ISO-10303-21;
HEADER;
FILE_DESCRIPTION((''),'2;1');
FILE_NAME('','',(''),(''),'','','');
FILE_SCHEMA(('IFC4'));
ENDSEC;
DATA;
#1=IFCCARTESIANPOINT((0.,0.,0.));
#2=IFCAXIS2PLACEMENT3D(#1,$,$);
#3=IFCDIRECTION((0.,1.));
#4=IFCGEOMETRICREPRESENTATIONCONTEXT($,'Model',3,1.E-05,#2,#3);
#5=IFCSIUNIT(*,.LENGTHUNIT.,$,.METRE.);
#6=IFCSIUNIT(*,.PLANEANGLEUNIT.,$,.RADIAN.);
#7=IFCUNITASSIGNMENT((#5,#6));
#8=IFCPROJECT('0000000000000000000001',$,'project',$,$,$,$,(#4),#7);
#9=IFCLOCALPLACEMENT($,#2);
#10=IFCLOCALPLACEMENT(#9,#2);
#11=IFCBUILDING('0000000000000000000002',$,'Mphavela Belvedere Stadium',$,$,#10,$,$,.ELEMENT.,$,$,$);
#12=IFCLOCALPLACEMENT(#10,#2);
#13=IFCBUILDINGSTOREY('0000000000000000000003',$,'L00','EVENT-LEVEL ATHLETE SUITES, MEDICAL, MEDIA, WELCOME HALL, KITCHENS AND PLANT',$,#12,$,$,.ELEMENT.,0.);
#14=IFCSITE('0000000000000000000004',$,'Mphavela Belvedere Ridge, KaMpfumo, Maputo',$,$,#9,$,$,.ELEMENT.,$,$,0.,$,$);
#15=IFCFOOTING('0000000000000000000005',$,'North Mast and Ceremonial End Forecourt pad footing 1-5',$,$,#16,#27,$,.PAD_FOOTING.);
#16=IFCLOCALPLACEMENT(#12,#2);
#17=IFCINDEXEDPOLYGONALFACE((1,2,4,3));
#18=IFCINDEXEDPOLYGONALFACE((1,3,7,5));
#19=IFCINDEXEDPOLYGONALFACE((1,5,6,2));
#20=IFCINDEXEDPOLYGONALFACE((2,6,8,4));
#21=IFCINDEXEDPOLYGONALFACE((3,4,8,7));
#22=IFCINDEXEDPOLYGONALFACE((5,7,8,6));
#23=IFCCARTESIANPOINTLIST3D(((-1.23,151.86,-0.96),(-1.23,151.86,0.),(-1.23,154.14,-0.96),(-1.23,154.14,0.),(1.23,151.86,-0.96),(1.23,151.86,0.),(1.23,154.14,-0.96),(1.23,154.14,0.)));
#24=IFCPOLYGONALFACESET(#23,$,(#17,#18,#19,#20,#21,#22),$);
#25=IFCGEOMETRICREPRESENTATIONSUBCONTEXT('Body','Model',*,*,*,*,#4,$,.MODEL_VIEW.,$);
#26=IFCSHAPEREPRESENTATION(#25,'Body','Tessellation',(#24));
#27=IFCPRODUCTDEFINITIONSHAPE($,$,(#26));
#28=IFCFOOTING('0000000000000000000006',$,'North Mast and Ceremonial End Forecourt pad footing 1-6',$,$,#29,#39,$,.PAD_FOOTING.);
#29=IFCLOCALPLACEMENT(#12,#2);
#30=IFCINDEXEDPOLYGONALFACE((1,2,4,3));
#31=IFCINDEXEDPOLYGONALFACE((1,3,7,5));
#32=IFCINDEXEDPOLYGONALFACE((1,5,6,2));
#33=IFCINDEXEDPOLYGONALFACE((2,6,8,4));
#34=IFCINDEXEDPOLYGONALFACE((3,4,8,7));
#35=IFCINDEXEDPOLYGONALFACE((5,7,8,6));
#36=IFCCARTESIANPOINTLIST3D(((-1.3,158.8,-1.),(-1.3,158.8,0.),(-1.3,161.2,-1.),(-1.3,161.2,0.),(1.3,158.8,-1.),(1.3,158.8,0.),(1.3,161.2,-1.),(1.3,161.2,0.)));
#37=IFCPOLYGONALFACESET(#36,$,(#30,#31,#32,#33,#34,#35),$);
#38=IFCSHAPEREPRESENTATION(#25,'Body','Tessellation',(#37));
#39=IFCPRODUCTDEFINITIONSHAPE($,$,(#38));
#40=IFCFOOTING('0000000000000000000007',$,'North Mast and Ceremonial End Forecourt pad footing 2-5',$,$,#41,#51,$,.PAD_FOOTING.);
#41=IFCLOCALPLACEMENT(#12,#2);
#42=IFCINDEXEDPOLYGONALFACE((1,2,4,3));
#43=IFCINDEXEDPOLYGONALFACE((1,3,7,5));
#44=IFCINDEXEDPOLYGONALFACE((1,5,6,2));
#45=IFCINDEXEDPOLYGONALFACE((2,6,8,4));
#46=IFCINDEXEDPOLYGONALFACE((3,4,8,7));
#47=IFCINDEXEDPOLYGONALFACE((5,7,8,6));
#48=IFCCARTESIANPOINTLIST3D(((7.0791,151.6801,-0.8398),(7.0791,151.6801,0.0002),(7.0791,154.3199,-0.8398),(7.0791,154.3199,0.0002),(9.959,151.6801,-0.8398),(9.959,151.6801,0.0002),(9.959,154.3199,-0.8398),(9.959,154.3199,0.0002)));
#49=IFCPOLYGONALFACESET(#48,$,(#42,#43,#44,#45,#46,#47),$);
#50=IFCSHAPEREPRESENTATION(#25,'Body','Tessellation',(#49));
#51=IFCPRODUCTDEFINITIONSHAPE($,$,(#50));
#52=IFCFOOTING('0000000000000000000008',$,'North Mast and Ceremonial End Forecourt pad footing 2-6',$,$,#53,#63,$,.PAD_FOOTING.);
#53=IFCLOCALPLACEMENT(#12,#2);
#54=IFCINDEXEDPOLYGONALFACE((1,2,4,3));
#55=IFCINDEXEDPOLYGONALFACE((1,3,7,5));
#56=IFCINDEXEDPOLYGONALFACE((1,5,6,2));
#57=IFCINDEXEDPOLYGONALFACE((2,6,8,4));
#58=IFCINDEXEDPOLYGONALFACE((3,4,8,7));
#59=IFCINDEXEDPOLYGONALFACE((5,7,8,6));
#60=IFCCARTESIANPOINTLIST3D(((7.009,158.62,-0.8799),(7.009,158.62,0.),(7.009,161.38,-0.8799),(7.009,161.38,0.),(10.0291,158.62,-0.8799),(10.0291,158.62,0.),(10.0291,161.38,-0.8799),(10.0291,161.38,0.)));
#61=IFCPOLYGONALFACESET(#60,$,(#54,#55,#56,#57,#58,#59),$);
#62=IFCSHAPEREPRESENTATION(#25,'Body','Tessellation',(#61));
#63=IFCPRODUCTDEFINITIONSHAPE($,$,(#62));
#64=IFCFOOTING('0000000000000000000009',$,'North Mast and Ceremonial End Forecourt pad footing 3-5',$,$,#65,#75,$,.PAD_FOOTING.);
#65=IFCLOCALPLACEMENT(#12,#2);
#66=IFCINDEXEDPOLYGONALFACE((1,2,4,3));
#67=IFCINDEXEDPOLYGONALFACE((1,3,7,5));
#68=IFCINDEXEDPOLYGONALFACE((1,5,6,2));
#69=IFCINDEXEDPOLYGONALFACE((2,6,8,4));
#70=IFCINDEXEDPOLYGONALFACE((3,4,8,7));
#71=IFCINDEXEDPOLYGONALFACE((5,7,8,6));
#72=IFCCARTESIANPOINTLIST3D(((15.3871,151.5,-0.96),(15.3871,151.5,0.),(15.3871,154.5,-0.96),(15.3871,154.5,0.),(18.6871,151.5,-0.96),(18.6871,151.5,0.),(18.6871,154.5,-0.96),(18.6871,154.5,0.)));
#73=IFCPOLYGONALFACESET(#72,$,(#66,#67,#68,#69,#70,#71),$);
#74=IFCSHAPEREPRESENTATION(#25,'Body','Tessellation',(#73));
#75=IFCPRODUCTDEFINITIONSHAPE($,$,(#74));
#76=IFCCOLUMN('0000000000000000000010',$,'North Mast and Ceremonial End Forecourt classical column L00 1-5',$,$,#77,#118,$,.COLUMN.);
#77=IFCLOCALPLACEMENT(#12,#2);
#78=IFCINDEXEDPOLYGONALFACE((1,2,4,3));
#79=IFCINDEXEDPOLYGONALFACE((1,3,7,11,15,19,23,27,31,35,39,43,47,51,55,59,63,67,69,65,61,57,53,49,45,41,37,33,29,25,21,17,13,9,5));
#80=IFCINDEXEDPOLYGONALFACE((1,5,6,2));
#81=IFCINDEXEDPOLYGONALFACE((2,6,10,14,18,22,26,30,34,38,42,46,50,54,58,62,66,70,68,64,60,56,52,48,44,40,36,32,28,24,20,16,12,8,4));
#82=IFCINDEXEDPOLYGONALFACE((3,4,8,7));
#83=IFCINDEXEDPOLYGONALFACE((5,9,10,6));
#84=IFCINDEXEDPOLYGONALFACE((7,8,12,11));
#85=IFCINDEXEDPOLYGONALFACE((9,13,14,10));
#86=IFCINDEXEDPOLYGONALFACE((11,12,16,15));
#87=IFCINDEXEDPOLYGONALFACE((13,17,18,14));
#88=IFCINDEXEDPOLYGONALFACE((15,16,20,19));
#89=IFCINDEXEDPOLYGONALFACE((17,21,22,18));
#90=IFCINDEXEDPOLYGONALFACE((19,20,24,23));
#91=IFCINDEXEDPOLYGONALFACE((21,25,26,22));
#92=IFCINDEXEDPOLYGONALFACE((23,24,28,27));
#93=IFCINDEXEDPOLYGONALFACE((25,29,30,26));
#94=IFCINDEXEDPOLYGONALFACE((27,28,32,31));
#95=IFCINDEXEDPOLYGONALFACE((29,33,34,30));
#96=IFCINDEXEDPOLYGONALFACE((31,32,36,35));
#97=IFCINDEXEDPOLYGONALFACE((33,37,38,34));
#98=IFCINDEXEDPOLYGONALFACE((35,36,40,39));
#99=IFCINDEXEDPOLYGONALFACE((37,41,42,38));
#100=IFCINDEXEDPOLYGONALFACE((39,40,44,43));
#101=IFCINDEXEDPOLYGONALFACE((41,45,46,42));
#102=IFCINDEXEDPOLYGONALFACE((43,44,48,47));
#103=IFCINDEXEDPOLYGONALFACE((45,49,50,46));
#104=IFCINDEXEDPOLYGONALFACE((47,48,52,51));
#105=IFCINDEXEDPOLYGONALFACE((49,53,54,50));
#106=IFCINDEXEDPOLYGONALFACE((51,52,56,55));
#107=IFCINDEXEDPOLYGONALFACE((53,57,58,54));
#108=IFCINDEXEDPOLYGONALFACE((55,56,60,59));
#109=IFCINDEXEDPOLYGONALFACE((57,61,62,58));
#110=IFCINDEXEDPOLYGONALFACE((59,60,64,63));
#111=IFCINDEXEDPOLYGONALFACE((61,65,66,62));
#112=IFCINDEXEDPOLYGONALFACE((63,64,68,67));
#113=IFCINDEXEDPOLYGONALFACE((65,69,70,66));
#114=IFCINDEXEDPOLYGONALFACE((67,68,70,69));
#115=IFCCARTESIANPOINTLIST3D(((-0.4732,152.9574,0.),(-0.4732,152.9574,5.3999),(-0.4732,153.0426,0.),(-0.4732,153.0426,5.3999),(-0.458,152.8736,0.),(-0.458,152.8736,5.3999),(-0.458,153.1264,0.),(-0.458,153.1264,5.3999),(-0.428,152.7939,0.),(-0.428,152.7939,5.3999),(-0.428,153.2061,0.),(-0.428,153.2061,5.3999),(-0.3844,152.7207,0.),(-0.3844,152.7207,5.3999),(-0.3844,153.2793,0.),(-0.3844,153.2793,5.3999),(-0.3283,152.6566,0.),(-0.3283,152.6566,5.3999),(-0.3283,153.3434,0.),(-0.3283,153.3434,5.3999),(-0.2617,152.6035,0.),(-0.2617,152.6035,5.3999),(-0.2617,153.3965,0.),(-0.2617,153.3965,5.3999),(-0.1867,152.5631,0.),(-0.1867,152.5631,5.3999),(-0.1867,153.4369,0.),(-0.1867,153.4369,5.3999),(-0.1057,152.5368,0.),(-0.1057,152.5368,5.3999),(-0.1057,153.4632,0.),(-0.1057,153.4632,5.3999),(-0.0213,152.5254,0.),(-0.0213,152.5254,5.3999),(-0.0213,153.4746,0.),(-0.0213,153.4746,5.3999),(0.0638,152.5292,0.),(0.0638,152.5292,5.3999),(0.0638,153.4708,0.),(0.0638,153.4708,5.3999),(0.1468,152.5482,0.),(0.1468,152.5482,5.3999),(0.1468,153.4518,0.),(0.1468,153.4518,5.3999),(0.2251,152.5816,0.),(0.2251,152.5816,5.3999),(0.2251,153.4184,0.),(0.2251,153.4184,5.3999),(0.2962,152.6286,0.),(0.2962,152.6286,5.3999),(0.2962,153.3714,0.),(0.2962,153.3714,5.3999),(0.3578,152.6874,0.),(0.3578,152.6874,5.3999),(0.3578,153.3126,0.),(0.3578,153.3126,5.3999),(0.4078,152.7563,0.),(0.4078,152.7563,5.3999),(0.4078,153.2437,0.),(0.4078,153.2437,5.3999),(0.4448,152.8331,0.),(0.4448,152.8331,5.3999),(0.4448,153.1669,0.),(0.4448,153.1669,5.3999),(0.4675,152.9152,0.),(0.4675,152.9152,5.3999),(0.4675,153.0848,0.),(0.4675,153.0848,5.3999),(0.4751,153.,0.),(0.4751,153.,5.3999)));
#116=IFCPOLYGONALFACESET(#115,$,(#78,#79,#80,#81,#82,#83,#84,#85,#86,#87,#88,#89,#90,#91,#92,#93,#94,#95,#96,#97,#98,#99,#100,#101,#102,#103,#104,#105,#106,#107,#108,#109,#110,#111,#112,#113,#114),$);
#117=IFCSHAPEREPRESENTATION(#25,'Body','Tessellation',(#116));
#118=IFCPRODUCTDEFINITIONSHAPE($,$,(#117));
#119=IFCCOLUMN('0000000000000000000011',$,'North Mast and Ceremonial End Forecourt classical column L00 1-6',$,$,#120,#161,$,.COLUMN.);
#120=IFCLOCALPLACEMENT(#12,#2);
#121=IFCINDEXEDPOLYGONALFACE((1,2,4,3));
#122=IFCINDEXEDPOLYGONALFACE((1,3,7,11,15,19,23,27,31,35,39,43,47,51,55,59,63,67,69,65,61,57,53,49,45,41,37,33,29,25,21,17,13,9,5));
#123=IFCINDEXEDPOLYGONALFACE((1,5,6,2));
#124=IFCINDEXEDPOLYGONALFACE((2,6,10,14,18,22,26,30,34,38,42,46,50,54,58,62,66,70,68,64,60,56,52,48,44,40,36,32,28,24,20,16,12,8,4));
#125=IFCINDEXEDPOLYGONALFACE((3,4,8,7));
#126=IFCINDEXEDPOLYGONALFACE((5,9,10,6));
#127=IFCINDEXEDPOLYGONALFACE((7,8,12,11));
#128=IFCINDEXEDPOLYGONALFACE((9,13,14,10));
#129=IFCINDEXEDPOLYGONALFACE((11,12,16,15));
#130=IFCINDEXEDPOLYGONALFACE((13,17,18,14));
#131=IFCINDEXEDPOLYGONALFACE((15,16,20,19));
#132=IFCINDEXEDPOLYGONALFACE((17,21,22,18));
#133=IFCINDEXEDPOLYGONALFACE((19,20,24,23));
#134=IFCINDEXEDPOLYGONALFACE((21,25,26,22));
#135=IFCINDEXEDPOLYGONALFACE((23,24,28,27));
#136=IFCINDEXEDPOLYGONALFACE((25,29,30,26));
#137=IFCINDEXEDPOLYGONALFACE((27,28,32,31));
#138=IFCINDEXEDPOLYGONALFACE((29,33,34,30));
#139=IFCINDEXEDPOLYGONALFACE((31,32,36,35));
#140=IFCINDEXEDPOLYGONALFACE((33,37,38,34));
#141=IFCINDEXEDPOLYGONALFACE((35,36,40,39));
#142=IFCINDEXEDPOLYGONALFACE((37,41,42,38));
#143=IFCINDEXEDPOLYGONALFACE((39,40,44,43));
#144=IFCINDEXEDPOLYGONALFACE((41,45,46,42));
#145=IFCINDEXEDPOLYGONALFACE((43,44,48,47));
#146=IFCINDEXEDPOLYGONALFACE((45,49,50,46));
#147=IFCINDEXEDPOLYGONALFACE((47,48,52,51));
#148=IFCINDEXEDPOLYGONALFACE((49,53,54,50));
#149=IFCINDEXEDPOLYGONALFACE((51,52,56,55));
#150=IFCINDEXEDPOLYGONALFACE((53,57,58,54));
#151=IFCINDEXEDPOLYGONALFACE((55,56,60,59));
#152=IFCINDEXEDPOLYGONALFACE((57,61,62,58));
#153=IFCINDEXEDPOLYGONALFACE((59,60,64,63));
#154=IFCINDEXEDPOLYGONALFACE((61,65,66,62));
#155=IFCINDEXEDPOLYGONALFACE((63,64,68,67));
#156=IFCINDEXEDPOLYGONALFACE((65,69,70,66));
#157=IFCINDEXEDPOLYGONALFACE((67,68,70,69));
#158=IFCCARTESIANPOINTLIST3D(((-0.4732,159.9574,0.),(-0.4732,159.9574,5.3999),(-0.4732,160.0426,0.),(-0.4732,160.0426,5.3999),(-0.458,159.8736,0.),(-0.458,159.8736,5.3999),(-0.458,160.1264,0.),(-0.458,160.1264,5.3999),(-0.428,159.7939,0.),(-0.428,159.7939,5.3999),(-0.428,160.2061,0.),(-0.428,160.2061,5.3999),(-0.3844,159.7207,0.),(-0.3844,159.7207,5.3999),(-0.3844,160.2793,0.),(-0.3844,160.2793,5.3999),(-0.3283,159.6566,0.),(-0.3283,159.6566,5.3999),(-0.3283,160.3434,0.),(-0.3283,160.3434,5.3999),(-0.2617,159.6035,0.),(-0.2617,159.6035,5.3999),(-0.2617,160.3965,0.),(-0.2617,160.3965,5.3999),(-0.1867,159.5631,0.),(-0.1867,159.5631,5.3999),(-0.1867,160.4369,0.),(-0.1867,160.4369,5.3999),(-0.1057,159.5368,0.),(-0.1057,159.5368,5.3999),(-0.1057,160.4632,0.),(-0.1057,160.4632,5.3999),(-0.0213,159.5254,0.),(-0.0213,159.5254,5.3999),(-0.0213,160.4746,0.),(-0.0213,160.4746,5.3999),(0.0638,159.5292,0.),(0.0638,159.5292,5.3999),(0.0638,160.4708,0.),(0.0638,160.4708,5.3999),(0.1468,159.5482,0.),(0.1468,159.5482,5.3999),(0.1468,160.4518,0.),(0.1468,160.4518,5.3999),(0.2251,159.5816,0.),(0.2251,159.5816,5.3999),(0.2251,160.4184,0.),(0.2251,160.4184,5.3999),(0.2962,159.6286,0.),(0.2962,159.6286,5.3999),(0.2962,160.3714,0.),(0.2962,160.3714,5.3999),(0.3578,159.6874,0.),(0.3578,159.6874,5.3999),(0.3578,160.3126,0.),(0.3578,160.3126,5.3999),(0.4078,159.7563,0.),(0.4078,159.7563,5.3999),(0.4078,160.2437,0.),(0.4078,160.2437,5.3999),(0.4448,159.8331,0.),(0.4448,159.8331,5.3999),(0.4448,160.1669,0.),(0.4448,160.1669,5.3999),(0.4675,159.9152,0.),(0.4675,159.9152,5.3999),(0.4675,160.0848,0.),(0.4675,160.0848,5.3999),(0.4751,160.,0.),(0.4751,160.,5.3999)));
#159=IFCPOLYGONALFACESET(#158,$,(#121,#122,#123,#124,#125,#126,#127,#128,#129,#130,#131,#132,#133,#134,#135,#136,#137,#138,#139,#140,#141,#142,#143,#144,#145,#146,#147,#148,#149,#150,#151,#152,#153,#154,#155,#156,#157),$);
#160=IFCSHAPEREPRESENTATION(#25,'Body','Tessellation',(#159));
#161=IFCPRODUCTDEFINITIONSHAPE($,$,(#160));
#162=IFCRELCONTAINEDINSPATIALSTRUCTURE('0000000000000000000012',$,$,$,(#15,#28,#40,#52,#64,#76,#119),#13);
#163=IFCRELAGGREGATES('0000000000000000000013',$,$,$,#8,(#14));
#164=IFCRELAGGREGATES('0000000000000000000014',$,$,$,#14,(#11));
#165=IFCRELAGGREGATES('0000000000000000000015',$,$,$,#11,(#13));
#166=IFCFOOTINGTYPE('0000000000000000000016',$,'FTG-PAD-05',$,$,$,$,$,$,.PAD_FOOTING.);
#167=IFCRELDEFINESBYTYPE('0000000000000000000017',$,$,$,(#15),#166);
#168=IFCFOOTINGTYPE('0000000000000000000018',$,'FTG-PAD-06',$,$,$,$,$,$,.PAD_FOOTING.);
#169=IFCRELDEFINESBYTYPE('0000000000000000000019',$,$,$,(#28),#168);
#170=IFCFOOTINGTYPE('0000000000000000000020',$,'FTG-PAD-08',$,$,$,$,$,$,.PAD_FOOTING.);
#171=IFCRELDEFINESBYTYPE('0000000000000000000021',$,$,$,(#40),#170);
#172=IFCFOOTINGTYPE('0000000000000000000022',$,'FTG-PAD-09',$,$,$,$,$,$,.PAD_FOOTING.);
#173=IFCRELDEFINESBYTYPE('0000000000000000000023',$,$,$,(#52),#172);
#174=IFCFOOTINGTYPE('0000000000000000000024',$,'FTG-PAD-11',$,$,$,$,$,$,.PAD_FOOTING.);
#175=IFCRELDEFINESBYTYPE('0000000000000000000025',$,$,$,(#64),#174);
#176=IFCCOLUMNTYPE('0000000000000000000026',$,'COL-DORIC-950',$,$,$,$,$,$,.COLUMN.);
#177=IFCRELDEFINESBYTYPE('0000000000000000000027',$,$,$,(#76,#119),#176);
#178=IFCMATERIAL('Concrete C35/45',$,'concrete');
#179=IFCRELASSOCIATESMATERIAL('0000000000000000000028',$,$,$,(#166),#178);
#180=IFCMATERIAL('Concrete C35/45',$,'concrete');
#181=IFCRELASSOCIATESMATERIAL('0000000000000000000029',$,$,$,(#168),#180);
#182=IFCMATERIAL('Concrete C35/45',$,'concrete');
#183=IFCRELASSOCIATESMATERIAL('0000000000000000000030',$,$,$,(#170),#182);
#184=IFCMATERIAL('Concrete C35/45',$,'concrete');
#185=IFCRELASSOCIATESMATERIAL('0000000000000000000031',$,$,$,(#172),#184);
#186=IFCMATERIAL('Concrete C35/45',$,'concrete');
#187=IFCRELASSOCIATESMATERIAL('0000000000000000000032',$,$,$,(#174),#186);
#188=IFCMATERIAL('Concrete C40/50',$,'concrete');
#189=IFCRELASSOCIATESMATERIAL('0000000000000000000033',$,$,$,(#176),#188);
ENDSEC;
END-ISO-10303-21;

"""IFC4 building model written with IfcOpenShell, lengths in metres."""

from ifc_helpers import new_model, si_unit, direction, frame, origin, origin_2d, place, context, subcontext, project, spatial, rectangle, circle, extrude, material, material_profile, profile_set, type_object, element, save


model = new_model("IFC4")

# Units and contexts
model_context = context("Model", 3, precision=1e-05, world=origin(), true_north=direction((0.0, 1.0)))
body_context = subcontext(model_context, "Body", "Model", "MODEL_VIEW")
ifc_project = project(units=[si_unit("LENGTHUNIT", "METRE"), si_unit("PLANEANGLEUNIT", "RADIAN")], contexts=[model_context])

# Site, building, storey
site_placement = place(None, origin())
site = spatial("IfcSite", under=ifc_project, at=site_placement, Name="Mphavela Belvedere Ridge, KaMpfumo, Maputo", CompositionType="ELEMENT", RefElevation=0.0)
building_placement = place(site_placement, origin())
building = spatial("IfcBuilding", under=site, at=building_placement, Name="Mphavela Belvedere Stadium", CompositionType="ELEMENT")
storey_placement = place(building_placement, origin())
storey = spatial("IfcBuildingStorey", under=building, at=storey_placement, Name="L00", Description="EVENT-LEVEL ATHLETE SUITES, MEDICAL, MEDIA, WELCOME HALL, KITCHENS AND PLANT", CompositionType="ELEMENT", Elevation=0.0)

# Footings
ifc_material_1 = material(Name="Concrete C35/45", Category="concrete")
footing_type_1 = type_object("IfcFootingType", Name="FTG-PAD-05", PredefinedType="PAD_FOOTING", material=ifc_material_1)
footing_1_placement = place(storey_placement, frame((0.0, 153.0, -0.96), z_axis=(0.0, 0.0, 1.0), x_axis=(1.0, 0.0, 0.0)))
element("IfcFooting", 1, at=footing_1_placement, inside=storey, type_object=footing_type_1, Name="North Mast and Ceremonial End Forecourt pad footing 1-5", PredefinedType="PAD_FOOTING", context=body_context, shape_type="SweptSolid", body=[
    extrude(rectangle(XDim=2.46, YDim=2.28, at=origin_2d()), origin(), (0.0, 0.0, 1.0), 0.96),
])
ifc_material_2 = material(Name="Concrete C35/45", Category="concrete")
footing_type_2 = type_object("IfcFootingType", Name="FTG-PAD-06", PredefinedType="PAD_FOOTING", material=ifc_material_2)
footing_2_placement = place(storey_placement, frame((0.0, 160.0, -1.0), z_axis=(0.0, 0.0, 1.0), x_axis=(1.0, 0.0, 0.0)))
element("IfcFooting", 2, at=footing_2_placement, inside=storey, type_object=footing_type_2, Name="North Mast and Ceremonial End Forecourt pad footing 1-6", PredefinedType="PAD_FOOTING", context=body_context, shape_type="SweptSolid", body=[
    extrude(rectangle(XDim=2.6001, YDim=2.3999, at=origin_2d()), origin(), (0.0, 0.0, 1.0), 1.0),
])
ifc_material_3 = material(Name="Concrete C35/45", Category="concrete")
footing_type_3 = type_object("IfcFootingType", Name="FTG-PAD-08", PredefinedType="PAD_FOOTING", material=ifc_material_3)
footing_3_placement = place(storey_placement, frame((8.519, 153.0, -0.8398), z_axis=(0.0, 0.0, 1.0), x_axis=(1.0, 0.0, 0.0)))
element("IfcFooting", 3, at=footing_3_placement, inside=storey, type_object=footing_type_3, Name="North Mast and Ceremonial End Forecourt pad footing 2-5", PredefinedType="PAD_FOOTING", context=body_context, shape_type="SweptSolid", body=[
    extrude(rectangle(XDim=2.8799, YDim=2.6399, at=origin_2d()), origin(), (0.0, 0.0, 1.0), 0.8401),
])
ifc_material_4 = material(Name="Concrete C35/45", Category="concrete")
footing_type_4 = type_object("IfcFootingType", Name="FTG-PAD-09", PredefinedType="PAD_FOOTING", material=ifc_material_4)
footing_4_placement = place(storey_placement, frame((8.519, 160.0, -0.8799), z_axis=(0.0, 0.0, 1.0), x_axis=(1.0, 0.0, 0.0)))
element("IfcFooting", 4, at=footing_4_placement, inside=storey, type_object=footing_type_4, Name="North Mast and Ceremonial End Forecourt pad footing 2-6", PredefinedType="PAD_FOOTING", context=body_context, shape_type="SweptSolid", body=[
    extrude(rectangle(XDim=3.02, YDim=2.76, at=origin_2d()), origin(), (0.0, 0.0, 1.0), 0.8799),
])
ifc_material_5 = material(Name="Concrete C35/45", Category="concrete")
footing_type_5 = type_object("IfcFootingType", Name="FTG-PAD-11", PredefinedType="PAD_FOOTING", material=ifc_material_5)
footing_5_placement = place(storey_placement, frame((17.0371, 153.0, -0.96), z_axis=(0.0, 0.0, 1.0), x_axis=(1.0, 0.0, 0.0)))
element("IfcFooting", 5, at=footing_5_placement, inside=storey, type_object=footing_type_5, Name="North Mast and Ceremonial End Forecourt pad footing 3-5", PredefinedType="PAD_FOOTING", context=body_context, shape_type="SweptSolid", body=[
    extrude(rectangle(XDim=3.3, YDim=3.0, at=origin_2d()), origin(), (0.0, 0.0, 1.0), 0.96),
])

# Columns
ifc_material_6 = material(Name="Concrete C40/50", Category="concrete")
ifc_material_profile_1 = material_profile(ifc_material_6, circle(Radius=0.4751, at=origin_2d()), Name="COL D950")
ifc_profile_set_1 = profile_set([ifc_material_profile_1], Name="Concrete C40/50")
column_type = type_object("IfcColumnType", Name="COL-DORIC-950", PredefinedType="COLUMN", material=ifc_profile_set_1)
for number, where, z_axis, x_axis, name in (
    (6, (0.0, 153.0, 0.0), (0.0, 0.0, 1.0), (1.0, 0.0, 0.0), "North Mast and Ceremonial End Forecourt classical column L00 1-5"),
    (7, (0.0, 160.0, 0.0), (0.0, 0.0, 1.0), (1.0, 0.0, 0.0), "North Mast and Ceremonial End Forecourt classical column L00 1-6"),
):
    element("IfcColumn", number, at=place(storey_placement, frame(where, z_axis=z_axis, x_axis=x_axis)), inside=storey, type_object=column_type, Name=name, PredefinedType="COLUMN", context=body_context, shape_type="SweptSolid", body=[
        extrude(circle(Radius=0.4751, at=origin_2d()), origin(), (0.0, 0.0, 1.0), 5.3999),
    ])

save(model, "model.ifc")
